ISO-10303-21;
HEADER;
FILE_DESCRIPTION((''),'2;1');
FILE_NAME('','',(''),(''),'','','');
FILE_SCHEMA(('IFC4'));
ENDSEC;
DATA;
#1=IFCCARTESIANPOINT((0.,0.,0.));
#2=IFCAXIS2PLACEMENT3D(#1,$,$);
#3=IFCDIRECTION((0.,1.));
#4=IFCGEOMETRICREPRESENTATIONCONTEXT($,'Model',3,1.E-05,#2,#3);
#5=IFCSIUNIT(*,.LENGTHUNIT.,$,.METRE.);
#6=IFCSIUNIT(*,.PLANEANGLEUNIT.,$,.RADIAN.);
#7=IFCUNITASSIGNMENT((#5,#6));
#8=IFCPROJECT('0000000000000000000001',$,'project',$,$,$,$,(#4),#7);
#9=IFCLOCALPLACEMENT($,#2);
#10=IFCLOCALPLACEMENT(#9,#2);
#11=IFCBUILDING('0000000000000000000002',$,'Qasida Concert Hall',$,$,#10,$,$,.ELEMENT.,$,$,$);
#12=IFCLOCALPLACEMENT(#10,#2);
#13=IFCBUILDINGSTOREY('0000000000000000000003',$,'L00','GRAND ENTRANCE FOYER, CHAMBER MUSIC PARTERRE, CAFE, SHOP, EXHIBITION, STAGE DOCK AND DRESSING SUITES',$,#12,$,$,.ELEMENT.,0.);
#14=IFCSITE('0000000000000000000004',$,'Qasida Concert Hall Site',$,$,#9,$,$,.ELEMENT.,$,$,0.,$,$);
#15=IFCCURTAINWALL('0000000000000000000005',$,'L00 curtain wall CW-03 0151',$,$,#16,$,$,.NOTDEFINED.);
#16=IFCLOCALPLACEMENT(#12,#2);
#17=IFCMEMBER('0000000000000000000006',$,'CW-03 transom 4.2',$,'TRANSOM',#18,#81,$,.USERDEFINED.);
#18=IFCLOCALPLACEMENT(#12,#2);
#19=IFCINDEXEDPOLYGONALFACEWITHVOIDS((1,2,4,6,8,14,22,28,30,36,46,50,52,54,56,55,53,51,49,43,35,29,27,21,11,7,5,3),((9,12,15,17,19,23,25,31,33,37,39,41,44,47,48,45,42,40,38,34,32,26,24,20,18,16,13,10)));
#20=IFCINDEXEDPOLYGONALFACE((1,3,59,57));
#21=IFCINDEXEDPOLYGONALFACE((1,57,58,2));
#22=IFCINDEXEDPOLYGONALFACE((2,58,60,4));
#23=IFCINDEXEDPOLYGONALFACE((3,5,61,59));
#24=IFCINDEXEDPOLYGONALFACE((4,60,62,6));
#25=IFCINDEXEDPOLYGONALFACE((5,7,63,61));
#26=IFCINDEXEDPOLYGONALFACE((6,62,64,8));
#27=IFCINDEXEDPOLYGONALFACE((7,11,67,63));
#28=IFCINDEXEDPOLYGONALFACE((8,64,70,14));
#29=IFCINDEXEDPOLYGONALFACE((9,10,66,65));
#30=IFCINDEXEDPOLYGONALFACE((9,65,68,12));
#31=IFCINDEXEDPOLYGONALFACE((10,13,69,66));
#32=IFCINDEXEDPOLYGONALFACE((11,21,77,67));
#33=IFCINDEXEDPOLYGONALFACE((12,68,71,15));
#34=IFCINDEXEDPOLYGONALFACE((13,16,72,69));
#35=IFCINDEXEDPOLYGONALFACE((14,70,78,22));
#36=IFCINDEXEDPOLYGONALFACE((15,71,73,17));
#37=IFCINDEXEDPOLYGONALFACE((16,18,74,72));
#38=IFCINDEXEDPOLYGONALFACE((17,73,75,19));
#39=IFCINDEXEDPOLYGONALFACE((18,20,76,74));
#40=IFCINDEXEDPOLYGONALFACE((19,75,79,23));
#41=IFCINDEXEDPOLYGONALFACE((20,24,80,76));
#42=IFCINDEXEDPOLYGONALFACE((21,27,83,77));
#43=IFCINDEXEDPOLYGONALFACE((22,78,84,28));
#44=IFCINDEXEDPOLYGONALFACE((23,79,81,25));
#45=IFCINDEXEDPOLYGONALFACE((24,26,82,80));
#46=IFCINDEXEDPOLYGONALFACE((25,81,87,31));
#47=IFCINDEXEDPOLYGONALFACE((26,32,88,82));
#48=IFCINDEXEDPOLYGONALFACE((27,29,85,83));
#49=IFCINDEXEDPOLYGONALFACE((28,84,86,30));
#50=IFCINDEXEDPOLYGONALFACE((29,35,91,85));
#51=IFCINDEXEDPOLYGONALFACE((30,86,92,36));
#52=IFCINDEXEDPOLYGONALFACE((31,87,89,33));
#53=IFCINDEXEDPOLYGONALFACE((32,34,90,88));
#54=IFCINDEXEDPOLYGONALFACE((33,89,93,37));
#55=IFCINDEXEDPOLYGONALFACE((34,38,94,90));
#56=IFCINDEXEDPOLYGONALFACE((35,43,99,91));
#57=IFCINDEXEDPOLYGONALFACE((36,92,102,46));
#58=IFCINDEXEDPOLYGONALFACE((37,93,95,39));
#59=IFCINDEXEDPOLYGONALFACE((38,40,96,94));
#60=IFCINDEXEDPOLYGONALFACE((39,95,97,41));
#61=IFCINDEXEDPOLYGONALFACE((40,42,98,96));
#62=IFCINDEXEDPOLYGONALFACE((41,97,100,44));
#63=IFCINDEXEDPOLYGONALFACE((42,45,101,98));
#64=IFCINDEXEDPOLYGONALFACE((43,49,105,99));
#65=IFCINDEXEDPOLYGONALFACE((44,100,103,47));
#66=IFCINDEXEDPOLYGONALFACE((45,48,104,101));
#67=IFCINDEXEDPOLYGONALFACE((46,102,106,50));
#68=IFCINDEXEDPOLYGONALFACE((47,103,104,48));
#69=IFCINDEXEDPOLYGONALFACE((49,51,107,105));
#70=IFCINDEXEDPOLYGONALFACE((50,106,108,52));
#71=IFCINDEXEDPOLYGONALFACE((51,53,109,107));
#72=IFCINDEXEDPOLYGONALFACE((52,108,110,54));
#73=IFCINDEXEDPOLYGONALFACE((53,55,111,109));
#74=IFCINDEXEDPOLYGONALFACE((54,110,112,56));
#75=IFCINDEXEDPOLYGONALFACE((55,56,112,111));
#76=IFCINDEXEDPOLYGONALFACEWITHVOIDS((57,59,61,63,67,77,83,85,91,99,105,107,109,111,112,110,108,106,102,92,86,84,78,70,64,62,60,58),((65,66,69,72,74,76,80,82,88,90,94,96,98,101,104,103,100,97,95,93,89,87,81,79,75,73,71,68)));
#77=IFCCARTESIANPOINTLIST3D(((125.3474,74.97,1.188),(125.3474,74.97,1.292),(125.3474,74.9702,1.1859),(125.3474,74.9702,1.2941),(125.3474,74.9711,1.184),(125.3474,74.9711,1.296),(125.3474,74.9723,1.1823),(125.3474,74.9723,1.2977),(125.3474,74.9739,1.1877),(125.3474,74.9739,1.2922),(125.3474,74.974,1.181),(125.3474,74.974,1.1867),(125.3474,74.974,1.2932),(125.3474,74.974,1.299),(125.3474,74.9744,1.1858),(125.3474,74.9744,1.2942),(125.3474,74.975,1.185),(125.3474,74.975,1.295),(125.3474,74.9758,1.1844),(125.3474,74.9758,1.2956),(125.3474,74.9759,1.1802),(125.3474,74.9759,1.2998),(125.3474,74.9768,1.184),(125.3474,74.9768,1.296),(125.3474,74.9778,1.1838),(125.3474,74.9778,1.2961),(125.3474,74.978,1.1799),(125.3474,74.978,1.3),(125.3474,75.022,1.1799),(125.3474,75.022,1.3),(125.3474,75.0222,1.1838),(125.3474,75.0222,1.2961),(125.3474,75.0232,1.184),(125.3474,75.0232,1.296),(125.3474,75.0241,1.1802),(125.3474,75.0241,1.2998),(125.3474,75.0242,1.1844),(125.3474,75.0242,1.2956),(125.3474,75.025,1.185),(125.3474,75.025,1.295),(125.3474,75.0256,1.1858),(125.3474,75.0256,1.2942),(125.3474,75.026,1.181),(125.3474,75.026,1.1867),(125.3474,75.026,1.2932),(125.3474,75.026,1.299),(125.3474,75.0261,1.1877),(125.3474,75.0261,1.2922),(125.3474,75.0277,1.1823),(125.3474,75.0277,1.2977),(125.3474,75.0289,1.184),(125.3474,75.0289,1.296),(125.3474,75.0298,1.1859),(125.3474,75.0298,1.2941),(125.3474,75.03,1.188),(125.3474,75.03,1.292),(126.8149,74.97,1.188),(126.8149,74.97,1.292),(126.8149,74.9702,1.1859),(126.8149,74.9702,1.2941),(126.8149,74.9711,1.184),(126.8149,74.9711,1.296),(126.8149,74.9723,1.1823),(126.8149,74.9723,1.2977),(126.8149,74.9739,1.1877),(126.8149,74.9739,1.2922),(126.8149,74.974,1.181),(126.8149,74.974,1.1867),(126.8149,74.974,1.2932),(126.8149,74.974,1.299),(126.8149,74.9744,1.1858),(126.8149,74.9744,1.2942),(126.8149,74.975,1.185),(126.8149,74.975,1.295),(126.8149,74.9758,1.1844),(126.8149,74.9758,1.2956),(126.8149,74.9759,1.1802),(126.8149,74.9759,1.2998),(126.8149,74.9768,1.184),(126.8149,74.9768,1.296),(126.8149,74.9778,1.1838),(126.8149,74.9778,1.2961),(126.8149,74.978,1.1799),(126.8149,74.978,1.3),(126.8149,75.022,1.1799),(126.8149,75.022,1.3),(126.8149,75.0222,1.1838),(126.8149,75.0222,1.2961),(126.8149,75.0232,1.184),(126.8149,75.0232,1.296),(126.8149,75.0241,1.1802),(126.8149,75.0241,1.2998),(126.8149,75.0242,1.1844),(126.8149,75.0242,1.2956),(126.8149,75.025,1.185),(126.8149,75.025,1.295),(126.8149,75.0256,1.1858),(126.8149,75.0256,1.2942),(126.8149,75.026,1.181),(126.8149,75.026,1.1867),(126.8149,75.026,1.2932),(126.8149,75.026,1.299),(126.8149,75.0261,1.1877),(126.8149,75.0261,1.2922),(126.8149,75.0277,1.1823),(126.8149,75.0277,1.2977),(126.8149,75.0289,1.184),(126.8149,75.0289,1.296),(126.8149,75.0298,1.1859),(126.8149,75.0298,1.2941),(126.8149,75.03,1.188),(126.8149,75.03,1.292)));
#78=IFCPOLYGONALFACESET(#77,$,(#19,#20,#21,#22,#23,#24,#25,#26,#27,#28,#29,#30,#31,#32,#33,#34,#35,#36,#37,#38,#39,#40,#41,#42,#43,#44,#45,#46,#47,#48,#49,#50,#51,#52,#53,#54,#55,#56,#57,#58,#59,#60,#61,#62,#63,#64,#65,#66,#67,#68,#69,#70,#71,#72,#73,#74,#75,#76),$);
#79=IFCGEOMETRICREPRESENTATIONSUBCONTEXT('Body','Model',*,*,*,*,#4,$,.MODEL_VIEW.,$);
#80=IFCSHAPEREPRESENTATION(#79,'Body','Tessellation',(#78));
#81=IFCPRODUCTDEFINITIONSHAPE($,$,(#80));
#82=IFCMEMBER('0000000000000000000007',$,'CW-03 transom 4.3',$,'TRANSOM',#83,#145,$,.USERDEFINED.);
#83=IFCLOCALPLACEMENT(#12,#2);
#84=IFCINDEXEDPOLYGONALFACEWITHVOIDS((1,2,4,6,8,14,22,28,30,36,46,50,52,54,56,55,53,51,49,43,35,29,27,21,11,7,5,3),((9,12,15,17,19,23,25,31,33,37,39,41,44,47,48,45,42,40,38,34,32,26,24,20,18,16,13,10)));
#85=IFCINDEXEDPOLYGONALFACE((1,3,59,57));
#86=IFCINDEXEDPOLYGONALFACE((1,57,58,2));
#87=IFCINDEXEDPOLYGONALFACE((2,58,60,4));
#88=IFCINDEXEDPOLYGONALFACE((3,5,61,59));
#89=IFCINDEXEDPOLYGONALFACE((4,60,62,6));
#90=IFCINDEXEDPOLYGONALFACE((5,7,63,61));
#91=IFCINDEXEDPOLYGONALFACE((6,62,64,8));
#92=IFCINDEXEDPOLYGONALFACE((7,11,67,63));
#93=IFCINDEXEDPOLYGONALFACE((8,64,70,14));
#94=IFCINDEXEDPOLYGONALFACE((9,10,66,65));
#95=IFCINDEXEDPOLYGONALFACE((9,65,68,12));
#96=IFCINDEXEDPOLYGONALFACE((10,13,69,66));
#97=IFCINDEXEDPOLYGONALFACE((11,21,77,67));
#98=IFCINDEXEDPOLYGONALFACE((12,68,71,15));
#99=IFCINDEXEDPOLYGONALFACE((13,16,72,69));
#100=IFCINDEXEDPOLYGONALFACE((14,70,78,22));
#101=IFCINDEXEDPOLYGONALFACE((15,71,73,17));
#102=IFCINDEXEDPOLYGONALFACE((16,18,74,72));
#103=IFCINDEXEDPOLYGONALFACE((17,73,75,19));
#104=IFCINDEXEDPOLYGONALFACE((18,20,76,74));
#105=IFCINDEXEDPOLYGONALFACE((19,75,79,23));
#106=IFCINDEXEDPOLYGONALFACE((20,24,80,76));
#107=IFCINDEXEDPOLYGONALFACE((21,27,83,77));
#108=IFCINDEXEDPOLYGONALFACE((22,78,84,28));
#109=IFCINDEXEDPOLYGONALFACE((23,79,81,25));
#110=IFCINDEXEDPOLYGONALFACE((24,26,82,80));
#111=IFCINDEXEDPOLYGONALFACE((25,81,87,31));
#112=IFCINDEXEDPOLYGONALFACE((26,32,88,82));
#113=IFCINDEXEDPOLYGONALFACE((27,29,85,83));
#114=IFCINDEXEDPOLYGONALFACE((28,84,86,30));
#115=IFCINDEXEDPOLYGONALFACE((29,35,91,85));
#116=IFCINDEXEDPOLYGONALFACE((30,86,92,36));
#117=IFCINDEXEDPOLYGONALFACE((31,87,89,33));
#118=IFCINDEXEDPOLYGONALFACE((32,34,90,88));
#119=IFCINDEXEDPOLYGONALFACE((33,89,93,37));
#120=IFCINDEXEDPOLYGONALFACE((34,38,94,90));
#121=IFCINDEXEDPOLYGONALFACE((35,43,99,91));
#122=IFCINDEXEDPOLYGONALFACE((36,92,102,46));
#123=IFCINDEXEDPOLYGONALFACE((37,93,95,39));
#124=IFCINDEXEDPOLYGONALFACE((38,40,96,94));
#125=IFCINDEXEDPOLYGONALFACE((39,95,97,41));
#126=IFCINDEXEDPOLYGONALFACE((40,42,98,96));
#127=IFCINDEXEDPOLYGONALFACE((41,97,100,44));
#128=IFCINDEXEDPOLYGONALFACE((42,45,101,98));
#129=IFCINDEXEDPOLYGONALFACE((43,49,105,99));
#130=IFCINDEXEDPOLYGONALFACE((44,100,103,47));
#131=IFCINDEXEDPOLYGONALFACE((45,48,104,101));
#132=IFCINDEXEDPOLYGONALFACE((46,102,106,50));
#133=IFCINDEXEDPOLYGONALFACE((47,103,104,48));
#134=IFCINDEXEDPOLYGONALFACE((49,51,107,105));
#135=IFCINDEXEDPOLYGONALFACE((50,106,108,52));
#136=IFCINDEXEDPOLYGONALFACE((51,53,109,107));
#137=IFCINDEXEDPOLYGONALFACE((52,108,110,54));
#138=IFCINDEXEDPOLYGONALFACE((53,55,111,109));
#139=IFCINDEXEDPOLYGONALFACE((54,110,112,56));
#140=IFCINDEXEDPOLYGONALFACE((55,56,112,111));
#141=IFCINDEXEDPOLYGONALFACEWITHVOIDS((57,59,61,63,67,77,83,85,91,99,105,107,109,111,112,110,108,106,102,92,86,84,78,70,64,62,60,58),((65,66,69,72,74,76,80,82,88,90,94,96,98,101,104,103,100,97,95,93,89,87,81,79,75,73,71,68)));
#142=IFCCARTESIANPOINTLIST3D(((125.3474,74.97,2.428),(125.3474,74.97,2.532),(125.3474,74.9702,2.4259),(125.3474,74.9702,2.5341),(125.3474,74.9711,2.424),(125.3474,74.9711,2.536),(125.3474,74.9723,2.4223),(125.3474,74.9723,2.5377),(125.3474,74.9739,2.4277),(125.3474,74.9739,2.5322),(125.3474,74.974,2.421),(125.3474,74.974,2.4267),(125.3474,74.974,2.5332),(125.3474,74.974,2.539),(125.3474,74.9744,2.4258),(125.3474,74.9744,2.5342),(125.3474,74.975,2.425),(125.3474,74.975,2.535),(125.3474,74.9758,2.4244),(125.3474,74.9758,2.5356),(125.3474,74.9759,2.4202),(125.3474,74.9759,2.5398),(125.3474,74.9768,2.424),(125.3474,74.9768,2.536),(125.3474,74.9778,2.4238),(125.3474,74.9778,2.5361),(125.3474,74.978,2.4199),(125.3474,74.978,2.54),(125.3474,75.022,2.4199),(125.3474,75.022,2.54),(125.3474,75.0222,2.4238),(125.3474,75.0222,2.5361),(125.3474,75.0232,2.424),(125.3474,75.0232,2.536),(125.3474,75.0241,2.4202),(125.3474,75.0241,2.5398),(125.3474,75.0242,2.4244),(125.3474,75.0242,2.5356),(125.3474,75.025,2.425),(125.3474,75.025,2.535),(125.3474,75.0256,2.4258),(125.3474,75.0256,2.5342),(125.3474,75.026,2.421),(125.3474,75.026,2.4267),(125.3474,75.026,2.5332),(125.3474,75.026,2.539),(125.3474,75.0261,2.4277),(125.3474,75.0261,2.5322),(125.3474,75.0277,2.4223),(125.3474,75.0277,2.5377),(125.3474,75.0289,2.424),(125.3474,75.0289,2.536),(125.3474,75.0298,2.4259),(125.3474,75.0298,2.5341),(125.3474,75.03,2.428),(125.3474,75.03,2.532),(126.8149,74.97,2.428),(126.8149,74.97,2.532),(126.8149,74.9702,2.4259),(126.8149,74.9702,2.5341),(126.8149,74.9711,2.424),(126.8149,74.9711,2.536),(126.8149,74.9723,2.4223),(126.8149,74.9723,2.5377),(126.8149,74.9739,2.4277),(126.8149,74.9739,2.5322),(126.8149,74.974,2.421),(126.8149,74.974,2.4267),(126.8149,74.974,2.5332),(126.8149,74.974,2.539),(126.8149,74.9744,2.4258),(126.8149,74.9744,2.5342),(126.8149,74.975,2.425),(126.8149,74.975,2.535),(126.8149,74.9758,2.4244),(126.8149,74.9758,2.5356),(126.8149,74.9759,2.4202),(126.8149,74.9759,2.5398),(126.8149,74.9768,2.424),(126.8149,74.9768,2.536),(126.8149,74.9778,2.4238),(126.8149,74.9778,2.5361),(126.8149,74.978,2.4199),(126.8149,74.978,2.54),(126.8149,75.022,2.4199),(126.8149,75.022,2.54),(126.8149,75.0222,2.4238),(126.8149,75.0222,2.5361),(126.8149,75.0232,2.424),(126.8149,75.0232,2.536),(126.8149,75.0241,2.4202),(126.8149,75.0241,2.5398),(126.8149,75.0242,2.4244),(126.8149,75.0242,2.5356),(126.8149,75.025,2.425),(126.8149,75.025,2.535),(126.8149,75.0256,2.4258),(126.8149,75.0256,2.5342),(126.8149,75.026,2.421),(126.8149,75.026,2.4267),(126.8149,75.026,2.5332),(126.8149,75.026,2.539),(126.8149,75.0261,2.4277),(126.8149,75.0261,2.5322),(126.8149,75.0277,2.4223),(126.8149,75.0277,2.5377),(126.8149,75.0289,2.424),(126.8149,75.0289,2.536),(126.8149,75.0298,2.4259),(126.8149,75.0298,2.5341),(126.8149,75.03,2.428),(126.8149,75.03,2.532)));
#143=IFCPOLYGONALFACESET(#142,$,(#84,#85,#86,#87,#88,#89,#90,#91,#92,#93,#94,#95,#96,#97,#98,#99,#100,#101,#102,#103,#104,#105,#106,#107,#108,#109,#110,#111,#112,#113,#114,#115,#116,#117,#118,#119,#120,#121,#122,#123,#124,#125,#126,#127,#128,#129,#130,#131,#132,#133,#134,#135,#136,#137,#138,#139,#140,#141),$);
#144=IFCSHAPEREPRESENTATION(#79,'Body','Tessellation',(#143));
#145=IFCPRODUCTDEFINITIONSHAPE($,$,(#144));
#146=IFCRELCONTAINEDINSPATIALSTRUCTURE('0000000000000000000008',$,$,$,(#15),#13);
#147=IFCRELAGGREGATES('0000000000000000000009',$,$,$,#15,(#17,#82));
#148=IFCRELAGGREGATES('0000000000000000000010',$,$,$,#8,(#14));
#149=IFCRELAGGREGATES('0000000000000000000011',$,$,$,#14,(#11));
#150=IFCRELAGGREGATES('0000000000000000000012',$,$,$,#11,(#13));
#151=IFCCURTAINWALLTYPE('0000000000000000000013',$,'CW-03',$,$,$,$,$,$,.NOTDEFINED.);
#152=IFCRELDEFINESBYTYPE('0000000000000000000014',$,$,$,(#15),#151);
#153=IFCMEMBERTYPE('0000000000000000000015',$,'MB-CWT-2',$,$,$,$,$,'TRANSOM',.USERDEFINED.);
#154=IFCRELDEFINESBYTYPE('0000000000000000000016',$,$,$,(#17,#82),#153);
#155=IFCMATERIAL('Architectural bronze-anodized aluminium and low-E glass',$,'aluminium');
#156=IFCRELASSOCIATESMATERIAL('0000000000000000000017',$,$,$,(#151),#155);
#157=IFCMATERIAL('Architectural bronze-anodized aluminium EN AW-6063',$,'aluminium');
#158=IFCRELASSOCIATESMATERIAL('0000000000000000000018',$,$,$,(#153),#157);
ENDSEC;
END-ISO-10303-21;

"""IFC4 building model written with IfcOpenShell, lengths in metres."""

from ifc_helpers import new_model, si_unit, direction, frame, origin, origin_2d, place, context, subcontext, project, spatial, hollow_rectangle, extrude, material, material_profile, profile_set, type_object, element, aggregate, save


model = new_model("IFC4")

# Units and contexts
model_context = context("Model", 3, precision=1e-05, world=origin(), true_north=direction((0.0, 1.0)))
body_context = subcontext(model_context, "Body", "Model", "MODEL_VIEW")
ifc_project = project(units=[si_unit("LENGTHUNIT", "METRE"), si_unit("PLANEANGLEUNIT", "RADIAN")], contexts=[model_context])

# Site, building, storey
site_placement = place(None, origin())
site = spatial("IfcSite", under=ifc_project, at=site_placement, Name="Qasida Concert Hall Site", CompositionType="ELEMENT", RefElevation=0.0)
building_placement = place(site_placement, origin())
building = spatial("IfcBuilding", under=site, at=building_placement, Name="Qasida Concert Hall", CompositionType="ELEMENT")
storey_placement = place(building_placement, origin())
storey = spatial("IfcBuildingStorey", under=building, at=storey_placement, Name="L00", Description="GRAND ENTRANCE FOYER, CHAMBER MUSIC PARTERRE, CAFE, SHOP, EXHIBITION, STAGE DOCK AND DRESSING SUITES", CompositionType="ELEMENT", Elevation=0.0)

# Curtain wall, members
ifc_material_1 = material(Name="Architectural bronze-anodized aluminium and low-E glass", Category="aluminium")
curtain_wall_type = type_object("IfcCurtainWallType", Name="CW-03", PredefinedType="NOTDEFINED", material=ifc_material_1)
curtain_wall_placement = place(storey_placement, origin())
curtain_wall = element("IfcCurtainWall", 1, at=curtain_wall_placement, inside=storey, type_object=curtain_wall_type, Name="L00 curtain wall CW-03 0151", PredefinedType="NOTDEFINED")
ifc_material_2 = material(Name="Architectural bronze-anodized aluminium EN AW-6063", Category="aluminium")
ifc_material_profile_1 = material_profile(ifc_material_2, hollow_rectangle(XDim=0.0601, YDim=0.1201, WallThickness=0.0039, InnerFilletRadius=0.0039, OuterFilletRadius=0.0081, at=origin_2d()), Name="CWT 120x60x4")
ifc_profile_set_1 = profile_set([ifc_material_profile_1], Name="Architectural bronze-anodized aluminium EN AW-6063")
member_type_1 = type_object("IfcMemberType", Name="MB-CWT-2", ElementType="TRANSOM", PredefinedType="USERDEFINED", material=ifc_profile_set_1)
member_1_placement = place(storey_placement, frame((125.3474, 75.0, 1.24), z_axis=(1.0, 0.0, 0.0), x_axis=(0.0, 1.0, 0.0)))
member_1 = element("IfcMember", 2, at=member_1_placement, type_object=member_type_1, Name="CW-03 transom 4.2", ObjectType="TRANSOM", PredefinedType="USERDEFINED", context=body_context, shape_type="SweptSolid", body=[
    extrude(hollow_rectangle(XDim=0.0601, YDim=0.1201, WallThickness=0.0039, InnerFilletRadius=0.0039, OuterFilletRadius=0.0081, at=origin_2d()), origin(), (0.0, 0.0, 1.0), 1.4675),
])
member_2_placement = place(storey_placement, frame((125.3474, 75.0, 2.48), z_axis=(1.0, 0.0, 0.0), x_axis=(0.0, 1.0, 0.0)))
member_2 = element("IfcMember", 3, at=member_2_placement, type_object=member_type_1, Name="CW-03 transom 4.3", ObjectType="TRANSOM", PredefinedType="USERDEFINED", context=body_context, shape_type="SweptSolid", body=[
    extrude(hollow_rectangle(XDim=0.0601, YDim=0.1201, WallThickness=0.0039, InnerFilletRadius=0.0039, OuterFilletRadius=0.0081, at=origin_2d()), origin(), (0.0, 0.0, 1.0), 1.4675),
])
aggregate(curtain_wall, [member_1, member_2])

save(model, "model.ifc")
